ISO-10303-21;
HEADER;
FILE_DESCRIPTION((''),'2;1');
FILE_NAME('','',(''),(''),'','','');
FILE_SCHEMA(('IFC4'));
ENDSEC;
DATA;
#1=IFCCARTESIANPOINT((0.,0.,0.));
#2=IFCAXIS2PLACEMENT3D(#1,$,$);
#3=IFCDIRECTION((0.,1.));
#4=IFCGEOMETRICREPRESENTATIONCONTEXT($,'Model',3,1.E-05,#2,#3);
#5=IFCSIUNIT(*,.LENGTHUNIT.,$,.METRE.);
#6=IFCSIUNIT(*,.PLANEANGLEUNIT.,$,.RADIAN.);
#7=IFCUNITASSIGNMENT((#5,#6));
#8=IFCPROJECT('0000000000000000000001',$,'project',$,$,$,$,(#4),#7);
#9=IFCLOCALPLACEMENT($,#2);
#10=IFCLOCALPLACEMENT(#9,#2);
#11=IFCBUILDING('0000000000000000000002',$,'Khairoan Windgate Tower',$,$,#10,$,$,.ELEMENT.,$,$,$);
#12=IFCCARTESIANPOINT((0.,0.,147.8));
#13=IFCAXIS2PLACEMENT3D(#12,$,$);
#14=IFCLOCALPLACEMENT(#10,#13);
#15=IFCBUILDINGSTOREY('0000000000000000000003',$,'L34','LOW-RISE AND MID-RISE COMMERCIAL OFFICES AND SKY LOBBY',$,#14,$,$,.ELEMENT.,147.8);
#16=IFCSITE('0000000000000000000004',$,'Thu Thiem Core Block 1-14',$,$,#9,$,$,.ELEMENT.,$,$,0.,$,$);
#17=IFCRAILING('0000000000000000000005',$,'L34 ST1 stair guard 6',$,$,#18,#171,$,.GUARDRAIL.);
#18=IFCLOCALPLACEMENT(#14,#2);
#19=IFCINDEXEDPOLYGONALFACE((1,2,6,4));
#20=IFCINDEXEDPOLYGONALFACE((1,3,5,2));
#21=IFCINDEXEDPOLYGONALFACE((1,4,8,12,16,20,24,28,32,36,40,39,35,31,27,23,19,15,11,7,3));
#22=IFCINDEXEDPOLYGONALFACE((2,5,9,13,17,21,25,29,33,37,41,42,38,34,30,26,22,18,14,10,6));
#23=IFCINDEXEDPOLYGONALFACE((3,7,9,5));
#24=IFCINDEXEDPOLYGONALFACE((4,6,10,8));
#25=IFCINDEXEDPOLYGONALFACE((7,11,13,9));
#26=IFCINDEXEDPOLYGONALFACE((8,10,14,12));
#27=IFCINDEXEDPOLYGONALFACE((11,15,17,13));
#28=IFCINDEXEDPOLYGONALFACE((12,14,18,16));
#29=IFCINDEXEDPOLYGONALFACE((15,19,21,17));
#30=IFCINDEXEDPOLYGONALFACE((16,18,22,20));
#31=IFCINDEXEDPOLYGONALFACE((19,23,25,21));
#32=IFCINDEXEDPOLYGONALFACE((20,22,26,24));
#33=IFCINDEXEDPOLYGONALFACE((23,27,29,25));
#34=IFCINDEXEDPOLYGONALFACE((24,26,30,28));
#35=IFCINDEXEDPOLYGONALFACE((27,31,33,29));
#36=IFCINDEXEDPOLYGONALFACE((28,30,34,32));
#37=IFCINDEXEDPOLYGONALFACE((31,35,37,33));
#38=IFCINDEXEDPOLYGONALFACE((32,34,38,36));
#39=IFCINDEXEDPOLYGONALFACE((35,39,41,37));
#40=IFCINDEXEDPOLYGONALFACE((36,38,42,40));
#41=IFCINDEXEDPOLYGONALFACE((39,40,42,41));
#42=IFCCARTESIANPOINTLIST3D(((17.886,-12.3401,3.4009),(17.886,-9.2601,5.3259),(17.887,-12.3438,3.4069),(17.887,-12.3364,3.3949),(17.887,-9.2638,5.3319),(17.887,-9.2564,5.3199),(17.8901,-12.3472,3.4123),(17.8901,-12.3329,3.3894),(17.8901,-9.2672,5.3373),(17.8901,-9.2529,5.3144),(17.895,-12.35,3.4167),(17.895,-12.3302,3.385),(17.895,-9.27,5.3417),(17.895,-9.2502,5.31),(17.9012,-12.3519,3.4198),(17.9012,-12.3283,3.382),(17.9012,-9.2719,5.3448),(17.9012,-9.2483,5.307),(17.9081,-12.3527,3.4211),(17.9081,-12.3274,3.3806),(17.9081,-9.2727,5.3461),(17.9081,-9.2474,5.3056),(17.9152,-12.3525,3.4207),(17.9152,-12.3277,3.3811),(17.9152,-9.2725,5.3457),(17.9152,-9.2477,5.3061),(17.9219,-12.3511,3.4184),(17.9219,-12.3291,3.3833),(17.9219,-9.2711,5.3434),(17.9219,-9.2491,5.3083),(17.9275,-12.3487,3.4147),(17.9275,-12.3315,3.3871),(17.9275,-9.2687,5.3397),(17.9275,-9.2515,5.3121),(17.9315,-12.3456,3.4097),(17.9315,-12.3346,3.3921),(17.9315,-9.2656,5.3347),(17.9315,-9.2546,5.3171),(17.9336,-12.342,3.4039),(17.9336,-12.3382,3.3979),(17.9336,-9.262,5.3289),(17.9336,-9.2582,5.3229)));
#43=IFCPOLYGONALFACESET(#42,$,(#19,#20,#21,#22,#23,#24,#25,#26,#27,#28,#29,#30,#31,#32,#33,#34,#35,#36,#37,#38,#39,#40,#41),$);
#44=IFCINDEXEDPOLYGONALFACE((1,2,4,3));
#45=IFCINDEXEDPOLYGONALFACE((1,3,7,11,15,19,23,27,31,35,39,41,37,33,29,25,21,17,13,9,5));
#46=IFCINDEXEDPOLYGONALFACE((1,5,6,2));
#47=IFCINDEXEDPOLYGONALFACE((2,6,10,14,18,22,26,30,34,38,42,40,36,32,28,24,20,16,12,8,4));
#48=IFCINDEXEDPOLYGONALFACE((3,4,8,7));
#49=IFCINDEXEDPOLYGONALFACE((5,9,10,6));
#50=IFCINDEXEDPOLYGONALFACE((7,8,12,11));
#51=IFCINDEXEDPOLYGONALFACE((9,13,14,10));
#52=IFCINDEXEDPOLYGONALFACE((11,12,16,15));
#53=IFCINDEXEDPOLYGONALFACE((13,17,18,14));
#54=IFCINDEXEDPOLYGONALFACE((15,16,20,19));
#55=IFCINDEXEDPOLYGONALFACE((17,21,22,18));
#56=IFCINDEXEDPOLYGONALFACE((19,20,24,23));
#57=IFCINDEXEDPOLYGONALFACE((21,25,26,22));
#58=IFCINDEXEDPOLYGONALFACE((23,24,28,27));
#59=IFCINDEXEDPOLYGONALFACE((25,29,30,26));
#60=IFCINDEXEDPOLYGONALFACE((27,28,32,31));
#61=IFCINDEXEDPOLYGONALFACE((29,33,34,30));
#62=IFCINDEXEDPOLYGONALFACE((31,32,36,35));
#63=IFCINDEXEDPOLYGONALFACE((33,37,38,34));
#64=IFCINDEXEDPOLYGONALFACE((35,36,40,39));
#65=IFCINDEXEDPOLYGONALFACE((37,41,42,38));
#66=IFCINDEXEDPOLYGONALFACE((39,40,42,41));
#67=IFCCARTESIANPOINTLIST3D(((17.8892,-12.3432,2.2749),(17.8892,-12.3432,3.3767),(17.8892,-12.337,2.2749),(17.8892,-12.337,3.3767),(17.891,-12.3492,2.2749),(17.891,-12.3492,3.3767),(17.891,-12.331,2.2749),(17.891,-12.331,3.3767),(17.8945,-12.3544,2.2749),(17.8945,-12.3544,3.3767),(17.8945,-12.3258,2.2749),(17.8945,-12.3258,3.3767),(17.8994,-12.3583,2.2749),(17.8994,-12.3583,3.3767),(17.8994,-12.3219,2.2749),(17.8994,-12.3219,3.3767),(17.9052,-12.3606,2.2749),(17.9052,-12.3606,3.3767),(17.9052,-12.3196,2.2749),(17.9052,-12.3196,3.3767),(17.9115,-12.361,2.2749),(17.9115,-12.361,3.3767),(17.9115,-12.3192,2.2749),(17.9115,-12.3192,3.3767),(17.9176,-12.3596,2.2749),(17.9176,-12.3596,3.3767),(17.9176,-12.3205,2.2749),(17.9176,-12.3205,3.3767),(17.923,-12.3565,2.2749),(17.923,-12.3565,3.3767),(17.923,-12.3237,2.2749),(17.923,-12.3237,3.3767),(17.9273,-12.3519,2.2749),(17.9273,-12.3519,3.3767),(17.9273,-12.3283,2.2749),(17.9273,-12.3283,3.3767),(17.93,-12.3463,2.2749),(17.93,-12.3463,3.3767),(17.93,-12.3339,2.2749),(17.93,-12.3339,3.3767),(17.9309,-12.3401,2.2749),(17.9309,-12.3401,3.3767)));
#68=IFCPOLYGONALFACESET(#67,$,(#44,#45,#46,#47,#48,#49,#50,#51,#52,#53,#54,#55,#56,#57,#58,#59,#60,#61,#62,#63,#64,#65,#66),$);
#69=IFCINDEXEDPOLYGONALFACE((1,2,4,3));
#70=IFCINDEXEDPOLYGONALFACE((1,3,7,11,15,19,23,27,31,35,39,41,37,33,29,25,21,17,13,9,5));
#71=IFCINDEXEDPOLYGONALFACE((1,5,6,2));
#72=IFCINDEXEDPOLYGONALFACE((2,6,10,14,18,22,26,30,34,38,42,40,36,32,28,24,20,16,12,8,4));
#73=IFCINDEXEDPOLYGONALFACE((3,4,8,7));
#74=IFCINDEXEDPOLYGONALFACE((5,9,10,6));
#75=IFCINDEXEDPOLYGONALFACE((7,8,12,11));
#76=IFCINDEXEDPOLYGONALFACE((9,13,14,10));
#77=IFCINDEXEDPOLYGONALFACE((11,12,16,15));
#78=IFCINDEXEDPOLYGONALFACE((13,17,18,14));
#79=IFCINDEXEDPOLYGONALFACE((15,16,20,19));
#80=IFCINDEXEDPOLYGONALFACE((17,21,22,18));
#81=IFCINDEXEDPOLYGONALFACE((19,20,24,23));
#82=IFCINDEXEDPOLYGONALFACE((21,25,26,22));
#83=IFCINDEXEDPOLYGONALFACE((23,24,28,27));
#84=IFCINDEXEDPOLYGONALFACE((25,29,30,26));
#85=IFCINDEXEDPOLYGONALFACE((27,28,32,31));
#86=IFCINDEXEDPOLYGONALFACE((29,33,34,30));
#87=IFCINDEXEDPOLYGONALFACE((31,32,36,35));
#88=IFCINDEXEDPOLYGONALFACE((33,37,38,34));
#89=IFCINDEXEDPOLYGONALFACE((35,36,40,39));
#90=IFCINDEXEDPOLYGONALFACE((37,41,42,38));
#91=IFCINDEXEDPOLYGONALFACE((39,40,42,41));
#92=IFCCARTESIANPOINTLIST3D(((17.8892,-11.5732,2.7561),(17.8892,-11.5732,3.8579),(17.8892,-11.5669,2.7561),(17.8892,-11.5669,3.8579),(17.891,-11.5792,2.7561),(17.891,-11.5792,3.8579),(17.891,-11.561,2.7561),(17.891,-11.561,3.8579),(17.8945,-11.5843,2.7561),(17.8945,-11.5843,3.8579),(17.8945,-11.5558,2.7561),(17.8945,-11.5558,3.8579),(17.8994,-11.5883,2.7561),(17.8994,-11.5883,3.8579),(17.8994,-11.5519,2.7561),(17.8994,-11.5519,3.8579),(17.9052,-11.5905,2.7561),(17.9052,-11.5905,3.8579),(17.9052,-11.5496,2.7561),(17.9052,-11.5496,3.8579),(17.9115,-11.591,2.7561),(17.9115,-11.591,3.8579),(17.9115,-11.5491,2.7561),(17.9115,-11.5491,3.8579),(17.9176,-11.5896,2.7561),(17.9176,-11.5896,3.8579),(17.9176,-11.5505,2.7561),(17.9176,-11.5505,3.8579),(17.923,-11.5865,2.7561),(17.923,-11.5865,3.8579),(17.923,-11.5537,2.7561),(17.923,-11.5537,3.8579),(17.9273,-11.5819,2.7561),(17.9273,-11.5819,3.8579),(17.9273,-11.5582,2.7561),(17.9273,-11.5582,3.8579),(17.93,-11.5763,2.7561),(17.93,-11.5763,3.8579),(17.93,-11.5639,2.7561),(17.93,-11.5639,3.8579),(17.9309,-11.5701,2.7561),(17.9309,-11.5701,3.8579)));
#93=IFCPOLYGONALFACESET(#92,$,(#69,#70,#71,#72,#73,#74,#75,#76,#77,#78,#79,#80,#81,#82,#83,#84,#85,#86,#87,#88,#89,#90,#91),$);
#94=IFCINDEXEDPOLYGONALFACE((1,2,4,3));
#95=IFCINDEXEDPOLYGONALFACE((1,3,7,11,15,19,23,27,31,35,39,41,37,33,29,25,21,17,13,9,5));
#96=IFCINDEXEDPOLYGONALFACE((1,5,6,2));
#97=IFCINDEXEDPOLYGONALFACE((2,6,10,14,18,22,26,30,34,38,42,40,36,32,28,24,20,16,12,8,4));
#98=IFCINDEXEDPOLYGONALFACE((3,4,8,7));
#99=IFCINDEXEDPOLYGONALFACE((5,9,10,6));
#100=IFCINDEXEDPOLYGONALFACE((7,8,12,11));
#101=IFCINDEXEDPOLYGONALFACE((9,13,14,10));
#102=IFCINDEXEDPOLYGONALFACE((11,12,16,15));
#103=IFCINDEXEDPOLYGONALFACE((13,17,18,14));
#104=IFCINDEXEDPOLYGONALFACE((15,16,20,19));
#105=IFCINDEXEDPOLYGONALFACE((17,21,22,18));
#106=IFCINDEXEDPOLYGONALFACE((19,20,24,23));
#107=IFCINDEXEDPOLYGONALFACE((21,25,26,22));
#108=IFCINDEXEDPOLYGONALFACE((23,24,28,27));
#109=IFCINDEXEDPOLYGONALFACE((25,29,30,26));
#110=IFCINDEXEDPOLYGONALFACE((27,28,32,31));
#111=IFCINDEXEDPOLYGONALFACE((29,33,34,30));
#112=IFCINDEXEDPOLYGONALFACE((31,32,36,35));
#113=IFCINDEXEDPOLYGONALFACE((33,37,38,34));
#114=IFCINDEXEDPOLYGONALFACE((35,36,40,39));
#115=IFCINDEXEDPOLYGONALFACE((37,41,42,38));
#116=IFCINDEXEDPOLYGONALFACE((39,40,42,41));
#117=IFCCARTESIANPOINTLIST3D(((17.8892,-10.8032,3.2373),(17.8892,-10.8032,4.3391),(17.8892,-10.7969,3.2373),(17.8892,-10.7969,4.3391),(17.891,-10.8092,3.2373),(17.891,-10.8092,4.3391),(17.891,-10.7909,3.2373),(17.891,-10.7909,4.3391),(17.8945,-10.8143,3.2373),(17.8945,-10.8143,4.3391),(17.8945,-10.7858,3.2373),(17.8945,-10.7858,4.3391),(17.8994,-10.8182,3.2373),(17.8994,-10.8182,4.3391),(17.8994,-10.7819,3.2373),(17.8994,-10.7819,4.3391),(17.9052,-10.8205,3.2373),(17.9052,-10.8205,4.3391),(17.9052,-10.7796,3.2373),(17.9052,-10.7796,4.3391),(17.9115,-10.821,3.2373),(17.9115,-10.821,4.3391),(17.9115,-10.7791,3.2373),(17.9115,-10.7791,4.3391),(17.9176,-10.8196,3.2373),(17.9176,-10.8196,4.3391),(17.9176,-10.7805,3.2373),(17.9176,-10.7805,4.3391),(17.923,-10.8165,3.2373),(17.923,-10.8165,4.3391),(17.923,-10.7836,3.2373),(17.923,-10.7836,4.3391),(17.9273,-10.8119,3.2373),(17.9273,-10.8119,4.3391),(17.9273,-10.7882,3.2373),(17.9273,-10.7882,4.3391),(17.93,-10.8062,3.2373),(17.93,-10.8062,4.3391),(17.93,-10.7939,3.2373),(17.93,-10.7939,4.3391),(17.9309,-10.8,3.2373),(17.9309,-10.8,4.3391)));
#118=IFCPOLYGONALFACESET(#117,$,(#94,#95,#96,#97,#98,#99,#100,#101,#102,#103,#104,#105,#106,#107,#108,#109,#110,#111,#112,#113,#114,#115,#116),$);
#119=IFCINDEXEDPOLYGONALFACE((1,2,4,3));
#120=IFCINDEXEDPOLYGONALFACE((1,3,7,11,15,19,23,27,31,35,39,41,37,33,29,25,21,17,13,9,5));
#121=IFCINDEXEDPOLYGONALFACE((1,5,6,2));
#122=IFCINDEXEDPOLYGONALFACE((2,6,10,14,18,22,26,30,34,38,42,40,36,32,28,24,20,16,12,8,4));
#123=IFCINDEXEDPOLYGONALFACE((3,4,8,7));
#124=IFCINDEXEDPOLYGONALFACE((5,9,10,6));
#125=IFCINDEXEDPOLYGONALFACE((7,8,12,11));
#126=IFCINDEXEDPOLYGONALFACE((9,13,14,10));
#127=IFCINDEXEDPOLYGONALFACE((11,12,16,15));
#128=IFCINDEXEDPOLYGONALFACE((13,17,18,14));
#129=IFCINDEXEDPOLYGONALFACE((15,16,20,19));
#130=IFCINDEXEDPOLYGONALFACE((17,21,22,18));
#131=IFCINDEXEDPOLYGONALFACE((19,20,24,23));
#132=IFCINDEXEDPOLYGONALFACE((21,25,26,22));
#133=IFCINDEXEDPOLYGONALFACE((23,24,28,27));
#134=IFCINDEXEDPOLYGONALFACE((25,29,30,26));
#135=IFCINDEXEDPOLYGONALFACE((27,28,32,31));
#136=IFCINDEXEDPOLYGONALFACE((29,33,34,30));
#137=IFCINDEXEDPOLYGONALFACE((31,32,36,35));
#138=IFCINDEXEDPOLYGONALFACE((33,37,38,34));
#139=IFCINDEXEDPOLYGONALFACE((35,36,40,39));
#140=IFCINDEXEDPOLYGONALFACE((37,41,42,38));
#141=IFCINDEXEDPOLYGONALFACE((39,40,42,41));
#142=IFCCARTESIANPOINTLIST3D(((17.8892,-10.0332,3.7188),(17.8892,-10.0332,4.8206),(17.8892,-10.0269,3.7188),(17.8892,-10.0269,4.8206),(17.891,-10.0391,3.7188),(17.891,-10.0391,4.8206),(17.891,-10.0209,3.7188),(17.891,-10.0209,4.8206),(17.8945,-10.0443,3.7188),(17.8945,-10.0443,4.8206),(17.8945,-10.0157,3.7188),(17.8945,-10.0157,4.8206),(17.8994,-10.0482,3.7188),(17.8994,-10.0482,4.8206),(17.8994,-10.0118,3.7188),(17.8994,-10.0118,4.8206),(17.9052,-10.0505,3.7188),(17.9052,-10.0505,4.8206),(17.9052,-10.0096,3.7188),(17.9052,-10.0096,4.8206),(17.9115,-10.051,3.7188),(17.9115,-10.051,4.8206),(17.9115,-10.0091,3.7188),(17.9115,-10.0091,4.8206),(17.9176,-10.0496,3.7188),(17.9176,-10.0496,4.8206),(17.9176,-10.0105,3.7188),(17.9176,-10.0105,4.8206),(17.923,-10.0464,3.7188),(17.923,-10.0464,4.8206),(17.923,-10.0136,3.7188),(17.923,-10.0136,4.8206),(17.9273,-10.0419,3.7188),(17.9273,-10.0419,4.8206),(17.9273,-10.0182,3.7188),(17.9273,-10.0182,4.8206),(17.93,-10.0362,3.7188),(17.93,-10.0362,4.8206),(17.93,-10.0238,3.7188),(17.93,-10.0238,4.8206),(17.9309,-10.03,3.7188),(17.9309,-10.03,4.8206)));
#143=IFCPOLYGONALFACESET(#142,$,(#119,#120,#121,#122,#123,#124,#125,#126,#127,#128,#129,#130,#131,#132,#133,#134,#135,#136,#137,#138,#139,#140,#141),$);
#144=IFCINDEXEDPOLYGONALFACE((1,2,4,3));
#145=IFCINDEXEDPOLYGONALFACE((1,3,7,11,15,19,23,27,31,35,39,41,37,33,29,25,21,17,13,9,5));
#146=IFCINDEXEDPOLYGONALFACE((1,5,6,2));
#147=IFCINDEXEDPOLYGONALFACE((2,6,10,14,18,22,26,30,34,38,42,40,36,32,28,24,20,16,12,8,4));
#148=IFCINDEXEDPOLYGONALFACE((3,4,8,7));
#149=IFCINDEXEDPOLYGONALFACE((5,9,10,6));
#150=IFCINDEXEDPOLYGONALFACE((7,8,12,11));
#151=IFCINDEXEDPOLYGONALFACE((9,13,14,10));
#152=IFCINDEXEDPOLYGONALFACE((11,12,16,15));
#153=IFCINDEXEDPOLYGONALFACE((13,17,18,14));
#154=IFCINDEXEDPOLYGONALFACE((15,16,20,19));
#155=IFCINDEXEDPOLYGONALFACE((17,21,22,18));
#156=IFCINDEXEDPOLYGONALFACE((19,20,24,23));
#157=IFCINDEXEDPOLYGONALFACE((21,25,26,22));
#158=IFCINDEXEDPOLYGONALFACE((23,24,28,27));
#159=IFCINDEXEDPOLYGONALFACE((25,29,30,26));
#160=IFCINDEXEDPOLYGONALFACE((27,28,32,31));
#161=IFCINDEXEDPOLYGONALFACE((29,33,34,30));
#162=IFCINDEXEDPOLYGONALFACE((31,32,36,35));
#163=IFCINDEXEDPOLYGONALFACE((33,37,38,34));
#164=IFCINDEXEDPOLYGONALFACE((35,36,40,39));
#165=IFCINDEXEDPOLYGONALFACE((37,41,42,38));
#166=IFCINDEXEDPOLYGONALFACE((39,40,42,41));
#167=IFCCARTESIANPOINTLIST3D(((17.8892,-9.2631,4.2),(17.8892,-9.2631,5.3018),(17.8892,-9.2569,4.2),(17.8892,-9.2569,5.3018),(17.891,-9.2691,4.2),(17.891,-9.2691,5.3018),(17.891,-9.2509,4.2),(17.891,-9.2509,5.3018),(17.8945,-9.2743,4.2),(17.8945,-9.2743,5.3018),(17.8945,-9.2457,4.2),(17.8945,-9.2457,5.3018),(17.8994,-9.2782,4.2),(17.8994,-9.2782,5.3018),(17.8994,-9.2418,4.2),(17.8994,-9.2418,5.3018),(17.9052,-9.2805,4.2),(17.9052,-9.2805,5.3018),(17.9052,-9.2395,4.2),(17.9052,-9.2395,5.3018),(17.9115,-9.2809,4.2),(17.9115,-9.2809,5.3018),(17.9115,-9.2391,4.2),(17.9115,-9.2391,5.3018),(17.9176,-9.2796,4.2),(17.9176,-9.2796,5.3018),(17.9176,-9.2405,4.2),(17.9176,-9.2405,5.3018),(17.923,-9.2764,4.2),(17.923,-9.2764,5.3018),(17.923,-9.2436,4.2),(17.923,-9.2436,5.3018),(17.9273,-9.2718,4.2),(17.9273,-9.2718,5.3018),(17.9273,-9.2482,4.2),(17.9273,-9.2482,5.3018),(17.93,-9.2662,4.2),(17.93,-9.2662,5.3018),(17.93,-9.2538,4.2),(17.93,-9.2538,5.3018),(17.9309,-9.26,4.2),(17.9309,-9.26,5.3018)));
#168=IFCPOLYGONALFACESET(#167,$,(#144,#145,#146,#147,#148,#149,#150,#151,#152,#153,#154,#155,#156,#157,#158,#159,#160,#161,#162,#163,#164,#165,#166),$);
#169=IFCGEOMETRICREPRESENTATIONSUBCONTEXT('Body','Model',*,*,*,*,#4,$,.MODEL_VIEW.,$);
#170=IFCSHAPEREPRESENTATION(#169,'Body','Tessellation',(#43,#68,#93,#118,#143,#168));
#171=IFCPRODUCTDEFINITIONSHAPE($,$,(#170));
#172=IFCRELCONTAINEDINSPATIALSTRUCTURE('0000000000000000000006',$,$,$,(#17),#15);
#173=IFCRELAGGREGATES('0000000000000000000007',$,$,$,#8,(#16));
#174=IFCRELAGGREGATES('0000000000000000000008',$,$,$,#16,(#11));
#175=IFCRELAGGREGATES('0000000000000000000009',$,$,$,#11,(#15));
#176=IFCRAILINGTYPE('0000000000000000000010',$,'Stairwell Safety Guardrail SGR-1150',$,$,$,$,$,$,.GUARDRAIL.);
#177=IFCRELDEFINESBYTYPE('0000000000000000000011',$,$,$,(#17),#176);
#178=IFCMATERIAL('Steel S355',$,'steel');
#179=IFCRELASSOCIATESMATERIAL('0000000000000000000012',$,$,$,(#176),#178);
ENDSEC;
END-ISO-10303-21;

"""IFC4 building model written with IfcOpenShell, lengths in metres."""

from ifc_helpers import new_model, si_unit, direction, frame, origin, origin_2d, place, context, subcontext, project, spatial, circle, extrude, material, type_object, element, save


model = new_model("IFC4")

# Units and contexts
model_context = context("Model", 3, precision=1e-05, world=origin(), true_north=direction((0.0, 1.0)))
body_context = subcontext(model_context, "Body", "Model", "MODEL_VIEW")
ifc_project = project(units=[si_unit("LENGTHUNIT", "METRE"), si_unit("PLANEANGLEUNIT", "RADIAN")], contexts=[model_context])

# Site, building, storey
site_placement = place(None, origin())
site = spatial("IfcSite", under=ifc_project, at=site_placement, Name="Thu Thiem Core Block 1-14", CompositionType="ELEMENT", RefElevation=0.0)
building_placement = place(site_placement, origin())
building = spatial("IfcBuilding", under=site, at=building_placement, Name="Khairoan Windgate Tower", CompositionType="ELEMENT")
storey_placement = place(building_placement, frame((0.0, 0.0, 147.8)))
storey = spatial("IfcBuildingStorey", under=building, at=storey_placement, Name="L34", Description="LOW-RISE AND MID-RISE COMMERCIAL OFFICES AND SKY LOBBY", CompositionType="ELEMENT", Elevation=147.8)

# Railing
ifc_material_1 = material(Name="Steel S355", Category="steel")
railing_type_1 = type_object("IfcRailingType", Name="Stairwell Safety Guardrail SGR-1150", PredefinedType="GUARDRAIL", material=ifc_material_1)
railing_1_placement = place(storey_placement, frame((17.9099, -12.3401, 2.2749)))
element("IfcRailing", 1, at=railing_1_placement, inside=storey, type_object=railing_type_1, Name="L34 ST1 stair guard 6", PredefinedType="GUARDRAIL", context=body_context, shape_type="SweptSolid", body=[
    extrude(circle(Radius=0.0239, at=origin_2d()), frame((0.0, 0.0, 1.126), z_axis=(0.0, 0.847998, 0.529999), x_axis=(-1.0, 0.0, 0.0)), (0.0, 0.0, 1.0), 3.6321),
    extrude(circle(Radius=0.021, at=origin_2d()), origin(), (0.0, 0.0, 1.0), 1.1018),
    extrude(circle(Radius=0.021, at=origin_2d()), frame((0.0, 0.77, 0.4812)), (0.0, 0.0, 1.0), 1.1018),
    extrude(circle(Radius=0.021, at=origin_2d()), frame((0.0, 1.54, 0.9624)), (0.0, 0.0, 1.0), 1.1018),
    extrude(circle(Radius=0.021, at=origin_2d()), frame((0.0, 2.3101, 1.4438)), (0.0, 0.0, 1.0), 1.1018),
    extrude(circle(Radius=0.021, at=origin_2d()), frame((0.0, 3.0801, 1.925)), (0.0, 0.0, 1.0), 1.1018),
])

save(model, "model.ifc")
